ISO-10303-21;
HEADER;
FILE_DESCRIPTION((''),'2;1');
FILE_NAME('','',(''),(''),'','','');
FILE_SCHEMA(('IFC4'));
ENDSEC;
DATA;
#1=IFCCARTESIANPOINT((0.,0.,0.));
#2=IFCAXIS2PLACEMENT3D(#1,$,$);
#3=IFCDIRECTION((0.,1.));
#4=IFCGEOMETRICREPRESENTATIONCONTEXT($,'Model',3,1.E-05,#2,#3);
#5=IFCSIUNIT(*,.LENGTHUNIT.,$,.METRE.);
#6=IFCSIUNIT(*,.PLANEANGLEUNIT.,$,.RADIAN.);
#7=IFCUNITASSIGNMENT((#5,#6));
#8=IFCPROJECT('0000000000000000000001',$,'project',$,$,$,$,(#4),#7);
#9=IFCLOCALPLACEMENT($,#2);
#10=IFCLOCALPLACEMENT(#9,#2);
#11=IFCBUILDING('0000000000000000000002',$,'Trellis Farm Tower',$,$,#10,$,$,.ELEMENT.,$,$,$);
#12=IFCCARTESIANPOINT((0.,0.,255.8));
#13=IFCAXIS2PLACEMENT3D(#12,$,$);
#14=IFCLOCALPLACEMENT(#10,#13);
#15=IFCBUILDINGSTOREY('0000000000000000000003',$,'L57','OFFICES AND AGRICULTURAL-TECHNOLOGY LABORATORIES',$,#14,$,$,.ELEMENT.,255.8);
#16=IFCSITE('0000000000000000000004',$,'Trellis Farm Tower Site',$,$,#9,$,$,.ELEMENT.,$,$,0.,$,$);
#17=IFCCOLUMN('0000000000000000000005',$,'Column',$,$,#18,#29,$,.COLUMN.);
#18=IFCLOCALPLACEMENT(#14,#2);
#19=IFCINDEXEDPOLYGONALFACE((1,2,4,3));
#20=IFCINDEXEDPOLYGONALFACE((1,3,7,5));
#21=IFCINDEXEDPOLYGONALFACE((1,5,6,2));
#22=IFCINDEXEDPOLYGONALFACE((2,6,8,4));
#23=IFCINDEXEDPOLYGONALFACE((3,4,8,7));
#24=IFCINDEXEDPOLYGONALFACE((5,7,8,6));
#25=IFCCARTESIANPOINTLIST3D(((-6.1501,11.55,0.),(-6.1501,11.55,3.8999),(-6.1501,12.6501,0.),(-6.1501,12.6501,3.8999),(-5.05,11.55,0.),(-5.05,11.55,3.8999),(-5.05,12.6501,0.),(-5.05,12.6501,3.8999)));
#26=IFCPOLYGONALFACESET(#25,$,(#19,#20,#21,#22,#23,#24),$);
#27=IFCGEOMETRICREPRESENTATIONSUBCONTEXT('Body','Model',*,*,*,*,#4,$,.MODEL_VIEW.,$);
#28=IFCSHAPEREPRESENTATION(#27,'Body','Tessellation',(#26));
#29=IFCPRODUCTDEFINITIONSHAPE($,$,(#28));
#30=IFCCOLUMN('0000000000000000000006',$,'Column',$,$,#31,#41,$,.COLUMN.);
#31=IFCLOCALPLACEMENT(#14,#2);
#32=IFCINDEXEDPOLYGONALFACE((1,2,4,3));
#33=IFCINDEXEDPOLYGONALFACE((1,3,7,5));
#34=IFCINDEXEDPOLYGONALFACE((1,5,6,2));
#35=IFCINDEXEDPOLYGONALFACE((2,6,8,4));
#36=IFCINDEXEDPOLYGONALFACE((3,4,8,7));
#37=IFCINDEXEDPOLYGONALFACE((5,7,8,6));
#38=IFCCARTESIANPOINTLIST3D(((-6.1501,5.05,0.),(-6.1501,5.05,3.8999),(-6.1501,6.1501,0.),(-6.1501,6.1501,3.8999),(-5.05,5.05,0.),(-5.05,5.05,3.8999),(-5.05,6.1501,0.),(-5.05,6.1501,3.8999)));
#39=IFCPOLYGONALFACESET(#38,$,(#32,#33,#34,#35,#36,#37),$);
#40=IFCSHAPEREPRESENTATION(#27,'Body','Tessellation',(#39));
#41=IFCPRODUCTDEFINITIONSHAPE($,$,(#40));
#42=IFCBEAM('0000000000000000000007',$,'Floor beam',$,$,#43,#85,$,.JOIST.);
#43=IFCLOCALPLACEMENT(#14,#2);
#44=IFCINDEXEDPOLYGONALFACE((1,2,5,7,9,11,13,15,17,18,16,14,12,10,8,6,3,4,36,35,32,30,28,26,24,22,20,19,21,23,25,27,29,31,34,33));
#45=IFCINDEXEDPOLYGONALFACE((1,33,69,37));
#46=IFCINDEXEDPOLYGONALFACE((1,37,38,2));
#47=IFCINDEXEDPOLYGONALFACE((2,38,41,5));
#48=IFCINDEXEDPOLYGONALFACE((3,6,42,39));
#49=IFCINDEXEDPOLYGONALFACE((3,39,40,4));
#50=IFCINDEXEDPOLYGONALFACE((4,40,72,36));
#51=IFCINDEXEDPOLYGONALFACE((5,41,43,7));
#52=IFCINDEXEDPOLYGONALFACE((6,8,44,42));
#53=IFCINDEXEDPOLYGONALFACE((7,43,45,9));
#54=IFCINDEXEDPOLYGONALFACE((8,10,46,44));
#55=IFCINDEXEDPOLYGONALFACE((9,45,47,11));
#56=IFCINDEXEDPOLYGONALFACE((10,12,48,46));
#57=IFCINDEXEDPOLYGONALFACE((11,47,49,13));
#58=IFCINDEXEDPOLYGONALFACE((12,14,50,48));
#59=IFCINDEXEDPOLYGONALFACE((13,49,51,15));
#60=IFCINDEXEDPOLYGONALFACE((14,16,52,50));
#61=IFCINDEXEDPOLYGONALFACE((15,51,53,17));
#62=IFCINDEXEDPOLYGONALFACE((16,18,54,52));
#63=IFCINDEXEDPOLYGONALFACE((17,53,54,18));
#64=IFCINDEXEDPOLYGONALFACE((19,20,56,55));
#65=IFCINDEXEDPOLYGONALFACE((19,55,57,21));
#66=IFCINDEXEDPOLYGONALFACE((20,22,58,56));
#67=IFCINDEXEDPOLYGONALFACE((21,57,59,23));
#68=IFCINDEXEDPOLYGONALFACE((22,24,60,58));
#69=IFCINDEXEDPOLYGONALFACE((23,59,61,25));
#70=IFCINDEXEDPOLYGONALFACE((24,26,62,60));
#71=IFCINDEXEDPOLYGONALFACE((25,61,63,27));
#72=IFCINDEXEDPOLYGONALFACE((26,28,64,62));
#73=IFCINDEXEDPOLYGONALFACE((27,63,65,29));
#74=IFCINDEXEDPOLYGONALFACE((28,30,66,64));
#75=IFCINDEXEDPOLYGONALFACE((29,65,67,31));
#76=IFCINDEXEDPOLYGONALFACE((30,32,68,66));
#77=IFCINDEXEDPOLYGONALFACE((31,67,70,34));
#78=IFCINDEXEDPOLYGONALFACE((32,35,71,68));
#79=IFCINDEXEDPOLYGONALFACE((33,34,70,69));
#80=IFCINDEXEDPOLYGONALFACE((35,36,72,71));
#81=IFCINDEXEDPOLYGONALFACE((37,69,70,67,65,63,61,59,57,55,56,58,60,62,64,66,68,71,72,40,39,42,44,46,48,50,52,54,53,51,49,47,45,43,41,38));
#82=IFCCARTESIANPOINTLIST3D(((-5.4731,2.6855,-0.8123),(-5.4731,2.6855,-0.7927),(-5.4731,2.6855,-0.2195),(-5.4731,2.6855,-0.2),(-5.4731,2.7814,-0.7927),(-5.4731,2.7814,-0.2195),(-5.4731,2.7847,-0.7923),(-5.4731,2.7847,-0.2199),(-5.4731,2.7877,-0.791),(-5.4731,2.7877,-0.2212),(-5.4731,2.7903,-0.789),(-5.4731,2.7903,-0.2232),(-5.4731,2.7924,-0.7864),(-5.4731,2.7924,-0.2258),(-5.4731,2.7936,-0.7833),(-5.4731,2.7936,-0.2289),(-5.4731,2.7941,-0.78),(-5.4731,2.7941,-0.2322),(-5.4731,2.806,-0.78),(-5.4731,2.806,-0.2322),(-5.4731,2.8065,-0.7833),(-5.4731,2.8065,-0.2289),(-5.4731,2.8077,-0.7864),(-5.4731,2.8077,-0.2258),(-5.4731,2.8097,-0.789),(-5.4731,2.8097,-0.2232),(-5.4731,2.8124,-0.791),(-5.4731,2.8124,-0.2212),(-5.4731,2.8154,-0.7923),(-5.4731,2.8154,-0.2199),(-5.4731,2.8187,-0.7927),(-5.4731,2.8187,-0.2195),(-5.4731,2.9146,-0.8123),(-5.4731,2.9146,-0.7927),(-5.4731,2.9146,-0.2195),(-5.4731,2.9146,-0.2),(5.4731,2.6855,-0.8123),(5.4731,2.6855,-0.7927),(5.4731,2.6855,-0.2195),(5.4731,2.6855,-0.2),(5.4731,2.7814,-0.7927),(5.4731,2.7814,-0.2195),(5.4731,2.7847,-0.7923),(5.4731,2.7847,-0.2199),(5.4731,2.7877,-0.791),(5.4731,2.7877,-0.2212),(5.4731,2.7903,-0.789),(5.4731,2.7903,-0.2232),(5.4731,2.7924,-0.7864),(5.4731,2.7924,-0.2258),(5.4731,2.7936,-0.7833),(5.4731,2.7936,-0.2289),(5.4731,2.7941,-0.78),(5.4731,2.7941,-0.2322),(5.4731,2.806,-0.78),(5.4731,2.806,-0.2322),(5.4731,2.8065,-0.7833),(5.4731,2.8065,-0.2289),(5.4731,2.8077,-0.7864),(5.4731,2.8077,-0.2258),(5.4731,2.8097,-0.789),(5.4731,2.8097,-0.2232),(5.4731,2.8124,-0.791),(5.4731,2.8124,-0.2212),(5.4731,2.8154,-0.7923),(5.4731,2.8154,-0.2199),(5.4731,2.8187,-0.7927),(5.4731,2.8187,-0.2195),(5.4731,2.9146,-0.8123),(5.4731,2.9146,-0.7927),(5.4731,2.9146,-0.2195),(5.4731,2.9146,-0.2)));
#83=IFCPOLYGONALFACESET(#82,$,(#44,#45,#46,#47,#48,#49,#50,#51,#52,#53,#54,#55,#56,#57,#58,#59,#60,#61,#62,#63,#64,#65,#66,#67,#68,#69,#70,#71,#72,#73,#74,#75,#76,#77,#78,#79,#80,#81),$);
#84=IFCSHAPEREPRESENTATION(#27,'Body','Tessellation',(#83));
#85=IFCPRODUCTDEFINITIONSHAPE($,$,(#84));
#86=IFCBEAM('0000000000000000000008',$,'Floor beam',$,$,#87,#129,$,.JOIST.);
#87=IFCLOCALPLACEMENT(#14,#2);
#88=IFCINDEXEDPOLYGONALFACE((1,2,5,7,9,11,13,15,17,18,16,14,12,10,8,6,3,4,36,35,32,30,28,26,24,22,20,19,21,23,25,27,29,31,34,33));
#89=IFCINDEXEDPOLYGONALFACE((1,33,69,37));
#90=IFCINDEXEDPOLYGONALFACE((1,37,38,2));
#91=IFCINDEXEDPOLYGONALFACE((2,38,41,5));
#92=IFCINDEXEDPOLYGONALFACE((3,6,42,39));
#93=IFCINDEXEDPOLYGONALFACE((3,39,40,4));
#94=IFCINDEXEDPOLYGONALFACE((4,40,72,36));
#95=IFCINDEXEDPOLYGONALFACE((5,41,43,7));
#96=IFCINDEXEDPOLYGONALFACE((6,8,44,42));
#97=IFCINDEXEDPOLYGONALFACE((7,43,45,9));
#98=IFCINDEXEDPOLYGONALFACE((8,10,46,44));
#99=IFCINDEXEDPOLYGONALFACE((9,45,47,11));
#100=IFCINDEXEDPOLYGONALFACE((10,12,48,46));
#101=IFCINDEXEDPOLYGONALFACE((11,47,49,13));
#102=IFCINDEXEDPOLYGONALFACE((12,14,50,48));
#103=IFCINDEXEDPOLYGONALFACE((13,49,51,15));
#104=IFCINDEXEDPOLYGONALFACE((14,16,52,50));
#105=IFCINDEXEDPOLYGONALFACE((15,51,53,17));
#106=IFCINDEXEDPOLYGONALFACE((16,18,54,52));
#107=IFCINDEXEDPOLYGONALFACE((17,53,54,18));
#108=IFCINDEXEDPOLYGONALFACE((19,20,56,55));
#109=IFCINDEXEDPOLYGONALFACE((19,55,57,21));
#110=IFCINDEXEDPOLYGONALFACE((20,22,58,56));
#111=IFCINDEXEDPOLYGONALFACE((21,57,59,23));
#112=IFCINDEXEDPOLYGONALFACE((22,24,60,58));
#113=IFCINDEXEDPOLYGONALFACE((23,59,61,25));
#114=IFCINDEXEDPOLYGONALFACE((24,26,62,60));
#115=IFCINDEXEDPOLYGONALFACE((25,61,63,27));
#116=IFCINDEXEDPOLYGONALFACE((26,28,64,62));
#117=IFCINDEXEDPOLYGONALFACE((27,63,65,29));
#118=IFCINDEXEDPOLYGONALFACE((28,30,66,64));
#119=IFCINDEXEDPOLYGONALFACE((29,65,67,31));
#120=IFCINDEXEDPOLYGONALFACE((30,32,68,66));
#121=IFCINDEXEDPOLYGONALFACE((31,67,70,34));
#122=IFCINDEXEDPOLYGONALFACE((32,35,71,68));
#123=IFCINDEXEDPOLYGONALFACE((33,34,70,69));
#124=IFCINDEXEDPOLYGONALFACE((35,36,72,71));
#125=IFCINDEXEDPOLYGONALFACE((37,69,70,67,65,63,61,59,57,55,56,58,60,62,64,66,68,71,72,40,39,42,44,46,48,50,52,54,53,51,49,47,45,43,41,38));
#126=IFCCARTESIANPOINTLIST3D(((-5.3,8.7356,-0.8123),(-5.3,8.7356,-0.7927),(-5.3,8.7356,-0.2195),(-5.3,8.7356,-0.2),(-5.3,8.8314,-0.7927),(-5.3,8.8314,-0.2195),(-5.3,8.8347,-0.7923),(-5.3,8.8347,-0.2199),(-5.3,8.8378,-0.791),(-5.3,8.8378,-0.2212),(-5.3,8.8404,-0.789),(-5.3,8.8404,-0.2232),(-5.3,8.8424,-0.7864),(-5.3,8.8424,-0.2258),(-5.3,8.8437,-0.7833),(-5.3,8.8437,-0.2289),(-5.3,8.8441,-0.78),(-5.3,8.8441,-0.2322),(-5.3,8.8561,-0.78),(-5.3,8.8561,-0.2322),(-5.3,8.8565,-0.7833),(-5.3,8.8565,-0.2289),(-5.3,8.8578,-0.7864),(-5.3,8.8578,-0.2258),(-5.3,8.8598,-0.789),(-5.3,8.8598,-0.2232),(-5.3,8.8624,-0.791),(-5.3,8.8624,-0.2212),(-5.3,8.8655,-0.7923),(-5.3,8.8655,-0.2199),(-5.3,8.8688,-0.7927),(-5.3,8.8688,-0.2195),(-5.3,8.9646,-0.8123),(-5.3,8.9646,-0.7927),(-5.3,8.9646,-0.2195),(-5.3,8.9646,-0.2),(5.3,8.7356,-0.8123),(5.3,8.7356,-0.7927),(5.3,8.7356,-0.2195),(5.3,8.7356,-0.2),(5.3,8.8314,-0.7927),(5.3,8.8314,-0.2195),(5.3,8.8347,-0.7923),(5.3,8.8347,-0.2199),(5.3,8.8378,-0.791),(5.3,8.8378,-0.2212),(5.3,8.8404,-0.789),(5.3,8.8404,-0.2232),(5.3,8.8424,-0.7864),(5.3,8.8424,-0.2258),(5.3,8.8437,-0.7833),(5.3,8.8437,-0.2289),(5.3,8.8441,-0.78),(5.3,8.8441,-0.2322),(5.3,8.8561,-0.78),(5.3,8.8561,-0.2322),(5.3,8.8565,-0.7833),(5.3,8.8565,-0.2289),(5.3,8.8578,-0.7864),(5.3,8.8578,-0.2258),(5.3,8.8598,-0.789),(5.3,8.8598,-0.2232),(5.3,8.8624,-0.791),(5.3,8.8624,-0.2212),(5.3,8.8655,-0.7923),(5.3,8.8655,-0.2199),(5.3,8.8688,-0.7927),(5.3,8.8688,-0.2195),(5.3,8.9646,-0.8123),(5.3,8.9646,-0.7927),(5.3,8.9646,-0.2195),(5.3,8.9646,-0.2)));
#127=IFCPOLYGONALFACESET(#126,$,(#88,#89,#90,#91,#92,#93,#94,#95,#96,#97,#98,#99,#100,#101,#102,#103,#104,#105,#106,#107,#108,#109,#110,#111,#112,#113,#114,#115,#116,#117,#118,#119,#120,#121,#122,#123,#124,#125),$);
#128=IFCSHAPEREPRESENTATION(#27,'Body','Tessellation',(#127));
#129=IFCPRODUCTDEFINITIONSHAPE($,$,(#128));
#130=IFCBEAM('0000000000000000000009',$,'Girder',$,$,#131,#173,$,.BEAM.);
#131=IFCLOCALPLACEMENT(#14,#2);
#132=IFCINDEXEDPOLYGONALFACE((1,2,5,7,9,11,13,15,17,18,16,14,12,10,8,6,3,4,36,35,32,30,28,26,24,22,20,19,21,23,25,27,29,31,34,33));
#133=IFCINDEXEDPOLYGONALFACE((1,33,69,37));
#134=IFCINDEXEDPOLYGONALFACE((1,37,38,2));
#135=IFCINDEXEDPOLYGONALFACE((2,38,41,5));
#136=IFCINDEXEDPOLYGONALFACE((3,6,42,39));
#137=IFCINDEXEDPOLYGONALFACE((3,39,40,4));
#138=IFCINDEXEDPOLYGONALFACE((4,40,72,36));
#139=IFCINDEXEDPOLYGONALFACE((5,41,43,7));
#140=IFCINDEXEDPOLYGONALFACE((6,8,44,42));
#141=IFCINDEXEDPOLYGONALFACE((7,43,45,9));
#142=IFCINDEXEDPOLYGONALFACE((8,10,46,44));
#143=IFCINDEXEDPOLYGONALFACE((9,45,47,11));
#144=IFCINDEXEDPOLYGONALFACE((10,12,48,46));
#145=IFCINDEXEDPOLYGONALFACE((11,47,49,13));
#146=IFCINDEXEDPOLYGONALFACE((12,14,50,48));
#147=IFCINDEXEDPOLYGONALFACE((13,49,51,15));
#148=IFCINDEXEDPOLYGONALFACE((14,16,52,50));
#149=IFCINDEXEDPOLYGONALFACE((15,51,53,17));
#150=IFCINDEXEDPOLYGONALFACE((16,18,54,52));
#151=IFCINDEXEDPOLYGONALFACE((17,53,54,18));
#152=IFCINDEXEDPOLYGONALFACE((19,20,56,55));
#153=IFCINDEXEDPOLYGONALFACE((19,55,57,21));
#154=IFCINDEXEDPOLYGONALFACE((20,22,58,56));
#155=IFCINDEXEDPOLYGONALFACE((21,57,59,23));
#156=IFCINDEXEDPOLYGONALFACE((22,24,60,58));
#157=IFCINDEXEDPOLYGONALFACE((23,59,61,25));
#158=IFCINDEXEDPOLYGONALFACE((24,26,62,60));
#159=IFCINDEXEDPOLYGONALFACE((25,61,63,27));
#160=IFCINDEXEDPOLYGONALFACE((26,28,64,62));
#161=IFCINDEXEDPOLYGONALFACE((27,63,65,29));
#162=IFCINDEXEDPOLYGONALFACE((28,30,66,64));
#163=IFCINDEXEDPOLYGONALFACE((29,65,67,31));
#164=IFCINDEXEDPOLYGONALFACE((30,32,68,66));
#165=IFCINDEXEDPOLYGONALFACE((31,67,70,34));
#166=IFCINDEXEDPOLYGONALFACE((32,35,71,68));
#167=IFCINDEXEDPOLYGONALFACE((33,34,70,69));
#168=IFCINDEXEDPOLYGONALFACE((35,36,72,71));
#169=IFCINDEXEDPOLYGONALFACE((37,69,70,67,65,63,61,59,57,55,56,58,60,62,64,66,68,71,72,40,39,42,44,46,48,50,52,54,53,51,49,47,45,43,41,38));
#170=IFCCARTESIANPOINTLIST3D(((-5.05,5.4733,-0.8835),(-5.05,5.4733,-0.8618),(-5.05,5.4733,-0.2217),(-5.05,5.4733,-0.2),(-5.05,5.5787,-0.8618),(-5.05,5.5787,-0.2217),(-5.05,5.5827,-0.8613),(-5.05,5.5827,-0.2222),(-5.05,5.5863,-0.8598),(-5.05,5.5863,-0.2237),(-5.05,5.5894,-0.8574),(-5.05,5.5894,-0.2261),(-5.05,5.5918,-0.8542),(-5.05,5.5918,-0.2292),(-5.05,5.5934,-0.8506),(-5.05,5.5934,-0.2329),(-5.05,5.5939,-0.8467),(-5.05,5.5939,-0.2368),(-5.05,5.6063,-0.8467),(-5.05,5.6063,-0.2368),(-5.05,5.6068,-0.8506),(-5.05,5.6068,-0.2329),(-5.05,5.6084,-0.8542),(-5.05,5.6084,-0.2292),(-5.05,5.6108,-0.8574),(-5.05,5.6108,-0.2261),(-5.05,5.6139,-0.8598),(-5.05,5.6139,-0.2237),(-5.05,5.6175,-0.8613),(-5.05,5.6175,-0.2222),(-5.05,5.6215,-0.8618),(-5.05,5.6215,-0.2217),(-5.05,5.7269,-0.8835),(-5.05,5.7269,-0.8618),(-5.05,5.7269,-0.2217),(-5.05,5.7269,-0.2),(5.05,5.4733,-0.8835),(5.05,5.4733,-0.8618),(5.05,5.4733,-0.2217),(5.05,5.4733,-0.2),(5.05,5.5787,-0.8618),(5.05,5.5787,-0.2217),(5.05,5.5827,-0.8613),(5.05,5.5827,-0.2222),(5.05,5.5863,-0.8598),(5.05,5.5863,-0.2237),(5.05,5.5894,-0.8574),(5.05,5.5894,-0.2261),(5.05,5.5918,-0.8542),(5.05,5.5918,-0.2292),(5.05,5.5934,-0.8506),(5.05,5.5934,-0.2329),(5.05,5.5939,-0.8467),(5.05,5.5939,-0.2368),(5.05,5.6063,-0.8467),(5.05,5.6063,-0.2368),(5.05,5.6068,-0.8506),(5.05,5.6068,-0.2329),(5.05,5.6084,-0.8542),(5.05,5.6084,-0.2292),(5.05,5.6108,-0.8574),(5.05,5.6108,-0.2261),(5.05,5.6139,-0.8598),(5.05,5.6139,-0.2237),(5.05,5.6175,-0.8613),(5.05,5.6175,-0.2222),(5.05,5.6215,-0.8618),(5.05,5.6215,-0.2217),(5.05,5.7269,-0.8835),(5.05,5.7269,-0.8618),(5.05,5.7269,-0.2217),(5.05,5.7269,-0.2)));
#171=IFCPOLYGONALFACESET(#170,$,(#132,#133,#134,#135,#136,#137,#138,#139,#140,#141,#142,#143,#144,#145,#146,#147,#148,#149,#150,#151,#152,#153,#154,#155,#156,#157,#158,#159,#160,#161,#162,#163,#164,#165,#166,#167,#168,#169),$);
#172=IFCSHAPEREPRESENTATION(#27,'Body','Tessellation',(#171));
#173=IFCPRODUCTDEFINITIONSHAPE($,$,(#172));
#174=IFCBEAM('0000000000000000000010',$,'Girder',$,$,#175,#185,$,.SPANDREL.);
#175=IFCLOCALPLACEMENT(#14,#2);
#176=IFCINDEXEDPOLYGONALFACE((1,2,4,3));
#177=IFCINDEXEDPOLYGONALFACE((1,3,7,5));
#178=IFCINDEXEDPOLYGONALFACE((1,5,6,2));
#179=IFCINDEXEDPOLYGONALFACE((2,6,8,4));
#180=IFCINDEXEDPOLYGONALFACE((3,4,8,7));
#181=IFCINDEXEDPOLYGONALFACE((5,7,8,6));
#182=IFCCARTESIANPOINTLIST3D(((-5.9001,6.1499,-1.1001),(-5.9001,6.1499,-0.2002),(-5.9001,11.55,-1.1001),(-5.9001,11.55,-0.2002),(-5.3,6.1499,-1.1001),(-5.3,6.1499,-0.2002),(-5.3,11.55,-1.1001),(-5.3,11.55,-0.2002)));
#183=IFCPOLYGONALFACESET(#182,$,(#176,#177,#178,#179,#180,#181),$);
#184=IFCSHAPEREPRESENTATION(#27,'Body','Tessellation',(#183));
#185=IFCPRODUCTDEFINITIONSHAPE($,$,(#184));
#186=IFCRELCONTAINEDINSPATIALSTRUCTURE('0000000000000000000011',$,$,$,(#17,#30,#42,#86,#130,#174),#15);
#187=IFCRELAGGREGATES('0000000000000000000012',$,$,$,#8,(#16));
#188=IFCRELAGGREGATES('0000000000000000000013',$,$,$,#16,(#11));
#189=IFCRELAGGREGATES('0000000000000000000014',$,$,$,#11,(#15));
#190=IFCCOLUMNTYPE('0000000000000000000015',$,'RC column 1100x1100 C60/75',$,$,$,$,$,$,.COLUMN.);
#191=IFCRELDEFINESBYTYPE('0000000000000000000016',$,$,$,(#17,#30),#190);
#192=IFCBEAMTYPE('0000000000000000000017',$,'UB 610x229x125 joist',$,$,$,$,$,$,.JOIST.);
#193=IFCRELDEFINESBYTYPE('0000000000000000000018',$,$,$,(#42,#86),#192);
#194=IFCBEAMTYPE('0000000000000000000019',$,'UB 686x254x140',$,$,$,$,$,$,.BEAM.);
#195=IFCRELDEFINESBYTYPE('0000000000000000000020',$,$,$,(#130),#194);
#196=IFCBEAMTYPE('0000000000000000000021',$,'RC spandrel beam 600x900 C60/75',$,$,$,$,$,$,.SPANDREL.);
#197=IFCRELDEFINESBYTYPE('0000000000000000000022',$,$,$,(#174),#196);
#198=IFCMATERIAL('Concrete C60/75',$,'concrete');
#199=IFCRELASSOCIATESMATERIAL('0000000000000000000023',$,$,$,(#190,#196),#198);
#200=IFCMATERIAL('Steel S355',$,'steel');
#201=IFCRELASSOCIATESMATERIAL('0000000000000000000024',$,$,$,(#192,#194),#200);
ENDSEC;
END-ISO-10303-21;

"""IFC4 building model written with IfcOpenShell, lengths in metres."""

from ifc_helpers import new_model, si_unit, direction, frame, origin, origin_2d, place, context, subcontext, project, spatial, rectangle, i_section, extrude, source, transform, mapped, material, material_profile, profile_set, type_object, element, save


model = new_model("IFC4")

# Units and contexts
model_context = context("Model", 3, precision=1e-05, world=origin(), true_north=direction((0.0, 1.0)))
body_context = subcontext(model_context, "Body", "Model", "MODEL_VIEW")
ifc_project = project(units=[si_unit("LENGTHUNIT", "METRE"), si_unit("PLANEANGLEUNIT", "RADIAN")], contexts=[model_context])

# Site, building, storey
site_placement = place(None, origin())
site = spatial("IfcSite", under=ifc_project, at=site_placement, Name="Trellis Farm Tower Site", CompositionType="ELEMENT", RefElevation=0.0)
building_placement = place(site_placement, origin())
building = spatial("IfcBuilding", under=site, at=building_placement, Name="Trellis Farm Tower", CompositionType="ELEMENT")
storey_placement = place(building_placement, frame((0.0, 0.0, 255.8)))
storey = spatial("IfcBuildingStorey", under=building, at=storey_placement, Name="L57", Description="OFFICES AND AGRICULTURAL-TECHNOLOGY LABORATORIES", CompositionType="ELEMENT", Elevation=255.8)

# Columns
ifc_material_1 = material(Name="Concrete C60/75", Category="concrete")
ifc_material_profile_1 = material_profile(ifc_material_1, rectangle(XDim=1.1001, YDim=1.1001, at=origin_2d()), Name="RC column 1100x1100 C60/75")
ifc_profile_set_1 = profile_set([ifc_material_profile_1], Name="Concrete C60/75")
column_type = type_object("IfcColumnType", Name="RC column 1100x1100 C60/75", PredefinedType="COLUMN", material=ifc_profile_set_1)
shared_shape_1 = source(origin(), body_context, "Body", "SweptSolid", [
    extrude(rectangle(XDim=1.1001, YDim=1.1001, at=origin_2d()), origin(), (0.0, 0.0, 1.0), 3.8999),
])
for number, where, z_axis, x_axis, name in (
    (1, (-5.6001, 12.1001, 0.0), (0.0, 0.0, 1.0), (1.0, 0.0, 0.0), "Column"),
    (2, (-5.6001, 5.6001, 0.0), (0.0, 0.0, 1.0), (1.0, 0.0, 0.0), "Column"),
):
    element("IfcColumn", number, at=place(storey_placement, frame(where, z_axis=z_axis, x_axis=x_axis)), inside=storey, type_object=column_type, Name=name, PredefinedType="COLUMN", context=body_context, shape_type="MappedRepresentation", body=[
        mapped(shared_shape_1, transform((0.0, 0.0, 0.0))),
    ])

# Beams
ifc_material_2 = material(Name="Steel S355", Category="steel")
ifc_material_profile_2 = material_profile(ifc_material_2, i_section(OverallWidth=0.229, OverallDepth=0.6123, WebThickness=0.012, FlangeThickness=0.0195, FilletRadius=0.0127, at=origin_2d()), Name="UB 610x229x125")
ifc_profile_set_2 = profile_set([ifc_material_profile_2], Name="Steel S355")
beam_type_1 = type_object("IfcBeamType", Name="UB 610x229x125 joist", PredefinedType="JOIST", material=ifc_profile_set_2)
shared_shape_2 = source(origin(), body_context, "Body", "SweptSolid", [
    extrude(i_section(OverallWidth=0.229, OverallDepth=0.6123, WebThickness=0.012, FlangeThickness=0.0195, FilletRadius=0.0127, at=origin_2d()), origin(), (0.0, 0.0, 1.0), 10.9463),
])
beam_1_placement = place(storey_placement, frame((-5.4731, 2.8, -0.5061), z_axis=(1.0, 0.0, 0.0), x_axis=(0.0, 1.0, 0.0)))
element("IfcBeam", 3, at=beam_1_placement, inside=storey, type_object=beam_type_1, Name="Floor beam", PredefinedType="JOIST", context=body_context, shape_type="MappedRepresentation", body=[
    mapped(shared_shape_2, transform((0.0, 0.0, 0.0))),
])
shared_shape_3 = source(origin(), body_context, "Body", "SweptSolid", [
    extrude(i_section(OverallWidth=0.229, OverallDepth=0.6123, WebThickness=0.012, FlangeThickness=0.0195, FilletRadius=0.0127, at=origin_2d()), origin(), (0.0, 0.0, 1.0), 10.6001),
])
beam_2_placement = place(storey_placement, frame((-5.3, 8.8501, -0.5061), z_axis=(1.0, 0.0, 0.0), x_axis=(0.0, 1.0, 0.0)))
element("IfcBeam", 4, at=beam_2_placement, inside=storey, type_object=beam_type_1, Name="Floor beam", PredefinedType="JOIST", context=body_context, shape_type="MappedRepresentation", body=[
    mapped(shared_shape_3, transform((0.0, 0.0, 0.0))),
])
ifc_material_profile_3 = material_profile(ifc_material_2, i_section(OverallWidth=0.2537, OverallDepth=0.6836, WebThickness=0.0125, FlangeThickness=0.0217, FilletRadius=0.0151, at=origin_2d()), Name="UB 686x254x140")
ifc_profile_set_3 = profile_set([ifc_material_profile_3], Name="Steel S355")
beam_type_2 = type_object("IfcBeamType", Name="UB 686x254x140", PredefinedType="BEAM", material=ifc_profile_set_3)
shared_shape_4 = source(origin(), body_context, "Body", "SweptSolid", [
    extrude(i_section(OverallWidth=0.2537, OverallDepth=0.6836, WebThickness=0.0125, FlangeThickness=0.0217, FilletRadius=0.0151, at=origin_2d()), origin(), (0.0, 0.0, 1.0), 10.1001),
])
beam_3_placement = place(storey_placement, frame((-5.05, 5.6001, -0.5417), z_axis=(1.0, 0.0, 0.0), x_axis=(0.0, 1.0, 0.0)))
element("IfcBeam", 5, at=beam_3_placement, inside=storey, type_object=beam_type_2, Name="Girder", PredefinedType="BEAM", context=body_context, shape_type="MappedRepresentation", body=[
    mapped(shared_shape_4, transform((0.0, 0.0, 0.0))),
])
ifc_material_profile_4 = material_profile(ifc_material_1, rectangle(XDim=0.6001, YDim=0.8999, at=origin_2d()), Name="RC spandrel beam 600x900 C60/75")
ifc_profile_set_4 = profile_set([ifc_material_profile_4], Name="Concrete C60/75")
beam_type_3 = type_object("IfcBeamType", Name="RC spandrel beam 600x900 C60/75", PredefinedType="SPANDREL", material=ifc_profile_set_4)
shared_shape_5 = source(origin(), body_context, "Body", "SweptSolid", [
    extrude(rectangle(XDim=0.6001, YDim=0.8999, at=origin_2d()), origin(), (0.0, 0.0, 1.0), 5.4001),
])
beam_4_placement = place(storey_placement, frame((-5.6001, 6.1499, -0.6501), z_axis=(0.0, 1.0, 0.0), x_axis=(-1.0, 0.0, 0.0)))
element("IfcBeam", 6, at=beam_4_placement, inside=storey, type_object=beam_type_3, Name="Girder", PredefinedType="SPANDREL", context=body_context, shape_type="MappedRepresentation", body=[
    mapped(shared_shape_5, transform((0.0, 0.0, 0.0))),
])

save(model, "model.ifc")
